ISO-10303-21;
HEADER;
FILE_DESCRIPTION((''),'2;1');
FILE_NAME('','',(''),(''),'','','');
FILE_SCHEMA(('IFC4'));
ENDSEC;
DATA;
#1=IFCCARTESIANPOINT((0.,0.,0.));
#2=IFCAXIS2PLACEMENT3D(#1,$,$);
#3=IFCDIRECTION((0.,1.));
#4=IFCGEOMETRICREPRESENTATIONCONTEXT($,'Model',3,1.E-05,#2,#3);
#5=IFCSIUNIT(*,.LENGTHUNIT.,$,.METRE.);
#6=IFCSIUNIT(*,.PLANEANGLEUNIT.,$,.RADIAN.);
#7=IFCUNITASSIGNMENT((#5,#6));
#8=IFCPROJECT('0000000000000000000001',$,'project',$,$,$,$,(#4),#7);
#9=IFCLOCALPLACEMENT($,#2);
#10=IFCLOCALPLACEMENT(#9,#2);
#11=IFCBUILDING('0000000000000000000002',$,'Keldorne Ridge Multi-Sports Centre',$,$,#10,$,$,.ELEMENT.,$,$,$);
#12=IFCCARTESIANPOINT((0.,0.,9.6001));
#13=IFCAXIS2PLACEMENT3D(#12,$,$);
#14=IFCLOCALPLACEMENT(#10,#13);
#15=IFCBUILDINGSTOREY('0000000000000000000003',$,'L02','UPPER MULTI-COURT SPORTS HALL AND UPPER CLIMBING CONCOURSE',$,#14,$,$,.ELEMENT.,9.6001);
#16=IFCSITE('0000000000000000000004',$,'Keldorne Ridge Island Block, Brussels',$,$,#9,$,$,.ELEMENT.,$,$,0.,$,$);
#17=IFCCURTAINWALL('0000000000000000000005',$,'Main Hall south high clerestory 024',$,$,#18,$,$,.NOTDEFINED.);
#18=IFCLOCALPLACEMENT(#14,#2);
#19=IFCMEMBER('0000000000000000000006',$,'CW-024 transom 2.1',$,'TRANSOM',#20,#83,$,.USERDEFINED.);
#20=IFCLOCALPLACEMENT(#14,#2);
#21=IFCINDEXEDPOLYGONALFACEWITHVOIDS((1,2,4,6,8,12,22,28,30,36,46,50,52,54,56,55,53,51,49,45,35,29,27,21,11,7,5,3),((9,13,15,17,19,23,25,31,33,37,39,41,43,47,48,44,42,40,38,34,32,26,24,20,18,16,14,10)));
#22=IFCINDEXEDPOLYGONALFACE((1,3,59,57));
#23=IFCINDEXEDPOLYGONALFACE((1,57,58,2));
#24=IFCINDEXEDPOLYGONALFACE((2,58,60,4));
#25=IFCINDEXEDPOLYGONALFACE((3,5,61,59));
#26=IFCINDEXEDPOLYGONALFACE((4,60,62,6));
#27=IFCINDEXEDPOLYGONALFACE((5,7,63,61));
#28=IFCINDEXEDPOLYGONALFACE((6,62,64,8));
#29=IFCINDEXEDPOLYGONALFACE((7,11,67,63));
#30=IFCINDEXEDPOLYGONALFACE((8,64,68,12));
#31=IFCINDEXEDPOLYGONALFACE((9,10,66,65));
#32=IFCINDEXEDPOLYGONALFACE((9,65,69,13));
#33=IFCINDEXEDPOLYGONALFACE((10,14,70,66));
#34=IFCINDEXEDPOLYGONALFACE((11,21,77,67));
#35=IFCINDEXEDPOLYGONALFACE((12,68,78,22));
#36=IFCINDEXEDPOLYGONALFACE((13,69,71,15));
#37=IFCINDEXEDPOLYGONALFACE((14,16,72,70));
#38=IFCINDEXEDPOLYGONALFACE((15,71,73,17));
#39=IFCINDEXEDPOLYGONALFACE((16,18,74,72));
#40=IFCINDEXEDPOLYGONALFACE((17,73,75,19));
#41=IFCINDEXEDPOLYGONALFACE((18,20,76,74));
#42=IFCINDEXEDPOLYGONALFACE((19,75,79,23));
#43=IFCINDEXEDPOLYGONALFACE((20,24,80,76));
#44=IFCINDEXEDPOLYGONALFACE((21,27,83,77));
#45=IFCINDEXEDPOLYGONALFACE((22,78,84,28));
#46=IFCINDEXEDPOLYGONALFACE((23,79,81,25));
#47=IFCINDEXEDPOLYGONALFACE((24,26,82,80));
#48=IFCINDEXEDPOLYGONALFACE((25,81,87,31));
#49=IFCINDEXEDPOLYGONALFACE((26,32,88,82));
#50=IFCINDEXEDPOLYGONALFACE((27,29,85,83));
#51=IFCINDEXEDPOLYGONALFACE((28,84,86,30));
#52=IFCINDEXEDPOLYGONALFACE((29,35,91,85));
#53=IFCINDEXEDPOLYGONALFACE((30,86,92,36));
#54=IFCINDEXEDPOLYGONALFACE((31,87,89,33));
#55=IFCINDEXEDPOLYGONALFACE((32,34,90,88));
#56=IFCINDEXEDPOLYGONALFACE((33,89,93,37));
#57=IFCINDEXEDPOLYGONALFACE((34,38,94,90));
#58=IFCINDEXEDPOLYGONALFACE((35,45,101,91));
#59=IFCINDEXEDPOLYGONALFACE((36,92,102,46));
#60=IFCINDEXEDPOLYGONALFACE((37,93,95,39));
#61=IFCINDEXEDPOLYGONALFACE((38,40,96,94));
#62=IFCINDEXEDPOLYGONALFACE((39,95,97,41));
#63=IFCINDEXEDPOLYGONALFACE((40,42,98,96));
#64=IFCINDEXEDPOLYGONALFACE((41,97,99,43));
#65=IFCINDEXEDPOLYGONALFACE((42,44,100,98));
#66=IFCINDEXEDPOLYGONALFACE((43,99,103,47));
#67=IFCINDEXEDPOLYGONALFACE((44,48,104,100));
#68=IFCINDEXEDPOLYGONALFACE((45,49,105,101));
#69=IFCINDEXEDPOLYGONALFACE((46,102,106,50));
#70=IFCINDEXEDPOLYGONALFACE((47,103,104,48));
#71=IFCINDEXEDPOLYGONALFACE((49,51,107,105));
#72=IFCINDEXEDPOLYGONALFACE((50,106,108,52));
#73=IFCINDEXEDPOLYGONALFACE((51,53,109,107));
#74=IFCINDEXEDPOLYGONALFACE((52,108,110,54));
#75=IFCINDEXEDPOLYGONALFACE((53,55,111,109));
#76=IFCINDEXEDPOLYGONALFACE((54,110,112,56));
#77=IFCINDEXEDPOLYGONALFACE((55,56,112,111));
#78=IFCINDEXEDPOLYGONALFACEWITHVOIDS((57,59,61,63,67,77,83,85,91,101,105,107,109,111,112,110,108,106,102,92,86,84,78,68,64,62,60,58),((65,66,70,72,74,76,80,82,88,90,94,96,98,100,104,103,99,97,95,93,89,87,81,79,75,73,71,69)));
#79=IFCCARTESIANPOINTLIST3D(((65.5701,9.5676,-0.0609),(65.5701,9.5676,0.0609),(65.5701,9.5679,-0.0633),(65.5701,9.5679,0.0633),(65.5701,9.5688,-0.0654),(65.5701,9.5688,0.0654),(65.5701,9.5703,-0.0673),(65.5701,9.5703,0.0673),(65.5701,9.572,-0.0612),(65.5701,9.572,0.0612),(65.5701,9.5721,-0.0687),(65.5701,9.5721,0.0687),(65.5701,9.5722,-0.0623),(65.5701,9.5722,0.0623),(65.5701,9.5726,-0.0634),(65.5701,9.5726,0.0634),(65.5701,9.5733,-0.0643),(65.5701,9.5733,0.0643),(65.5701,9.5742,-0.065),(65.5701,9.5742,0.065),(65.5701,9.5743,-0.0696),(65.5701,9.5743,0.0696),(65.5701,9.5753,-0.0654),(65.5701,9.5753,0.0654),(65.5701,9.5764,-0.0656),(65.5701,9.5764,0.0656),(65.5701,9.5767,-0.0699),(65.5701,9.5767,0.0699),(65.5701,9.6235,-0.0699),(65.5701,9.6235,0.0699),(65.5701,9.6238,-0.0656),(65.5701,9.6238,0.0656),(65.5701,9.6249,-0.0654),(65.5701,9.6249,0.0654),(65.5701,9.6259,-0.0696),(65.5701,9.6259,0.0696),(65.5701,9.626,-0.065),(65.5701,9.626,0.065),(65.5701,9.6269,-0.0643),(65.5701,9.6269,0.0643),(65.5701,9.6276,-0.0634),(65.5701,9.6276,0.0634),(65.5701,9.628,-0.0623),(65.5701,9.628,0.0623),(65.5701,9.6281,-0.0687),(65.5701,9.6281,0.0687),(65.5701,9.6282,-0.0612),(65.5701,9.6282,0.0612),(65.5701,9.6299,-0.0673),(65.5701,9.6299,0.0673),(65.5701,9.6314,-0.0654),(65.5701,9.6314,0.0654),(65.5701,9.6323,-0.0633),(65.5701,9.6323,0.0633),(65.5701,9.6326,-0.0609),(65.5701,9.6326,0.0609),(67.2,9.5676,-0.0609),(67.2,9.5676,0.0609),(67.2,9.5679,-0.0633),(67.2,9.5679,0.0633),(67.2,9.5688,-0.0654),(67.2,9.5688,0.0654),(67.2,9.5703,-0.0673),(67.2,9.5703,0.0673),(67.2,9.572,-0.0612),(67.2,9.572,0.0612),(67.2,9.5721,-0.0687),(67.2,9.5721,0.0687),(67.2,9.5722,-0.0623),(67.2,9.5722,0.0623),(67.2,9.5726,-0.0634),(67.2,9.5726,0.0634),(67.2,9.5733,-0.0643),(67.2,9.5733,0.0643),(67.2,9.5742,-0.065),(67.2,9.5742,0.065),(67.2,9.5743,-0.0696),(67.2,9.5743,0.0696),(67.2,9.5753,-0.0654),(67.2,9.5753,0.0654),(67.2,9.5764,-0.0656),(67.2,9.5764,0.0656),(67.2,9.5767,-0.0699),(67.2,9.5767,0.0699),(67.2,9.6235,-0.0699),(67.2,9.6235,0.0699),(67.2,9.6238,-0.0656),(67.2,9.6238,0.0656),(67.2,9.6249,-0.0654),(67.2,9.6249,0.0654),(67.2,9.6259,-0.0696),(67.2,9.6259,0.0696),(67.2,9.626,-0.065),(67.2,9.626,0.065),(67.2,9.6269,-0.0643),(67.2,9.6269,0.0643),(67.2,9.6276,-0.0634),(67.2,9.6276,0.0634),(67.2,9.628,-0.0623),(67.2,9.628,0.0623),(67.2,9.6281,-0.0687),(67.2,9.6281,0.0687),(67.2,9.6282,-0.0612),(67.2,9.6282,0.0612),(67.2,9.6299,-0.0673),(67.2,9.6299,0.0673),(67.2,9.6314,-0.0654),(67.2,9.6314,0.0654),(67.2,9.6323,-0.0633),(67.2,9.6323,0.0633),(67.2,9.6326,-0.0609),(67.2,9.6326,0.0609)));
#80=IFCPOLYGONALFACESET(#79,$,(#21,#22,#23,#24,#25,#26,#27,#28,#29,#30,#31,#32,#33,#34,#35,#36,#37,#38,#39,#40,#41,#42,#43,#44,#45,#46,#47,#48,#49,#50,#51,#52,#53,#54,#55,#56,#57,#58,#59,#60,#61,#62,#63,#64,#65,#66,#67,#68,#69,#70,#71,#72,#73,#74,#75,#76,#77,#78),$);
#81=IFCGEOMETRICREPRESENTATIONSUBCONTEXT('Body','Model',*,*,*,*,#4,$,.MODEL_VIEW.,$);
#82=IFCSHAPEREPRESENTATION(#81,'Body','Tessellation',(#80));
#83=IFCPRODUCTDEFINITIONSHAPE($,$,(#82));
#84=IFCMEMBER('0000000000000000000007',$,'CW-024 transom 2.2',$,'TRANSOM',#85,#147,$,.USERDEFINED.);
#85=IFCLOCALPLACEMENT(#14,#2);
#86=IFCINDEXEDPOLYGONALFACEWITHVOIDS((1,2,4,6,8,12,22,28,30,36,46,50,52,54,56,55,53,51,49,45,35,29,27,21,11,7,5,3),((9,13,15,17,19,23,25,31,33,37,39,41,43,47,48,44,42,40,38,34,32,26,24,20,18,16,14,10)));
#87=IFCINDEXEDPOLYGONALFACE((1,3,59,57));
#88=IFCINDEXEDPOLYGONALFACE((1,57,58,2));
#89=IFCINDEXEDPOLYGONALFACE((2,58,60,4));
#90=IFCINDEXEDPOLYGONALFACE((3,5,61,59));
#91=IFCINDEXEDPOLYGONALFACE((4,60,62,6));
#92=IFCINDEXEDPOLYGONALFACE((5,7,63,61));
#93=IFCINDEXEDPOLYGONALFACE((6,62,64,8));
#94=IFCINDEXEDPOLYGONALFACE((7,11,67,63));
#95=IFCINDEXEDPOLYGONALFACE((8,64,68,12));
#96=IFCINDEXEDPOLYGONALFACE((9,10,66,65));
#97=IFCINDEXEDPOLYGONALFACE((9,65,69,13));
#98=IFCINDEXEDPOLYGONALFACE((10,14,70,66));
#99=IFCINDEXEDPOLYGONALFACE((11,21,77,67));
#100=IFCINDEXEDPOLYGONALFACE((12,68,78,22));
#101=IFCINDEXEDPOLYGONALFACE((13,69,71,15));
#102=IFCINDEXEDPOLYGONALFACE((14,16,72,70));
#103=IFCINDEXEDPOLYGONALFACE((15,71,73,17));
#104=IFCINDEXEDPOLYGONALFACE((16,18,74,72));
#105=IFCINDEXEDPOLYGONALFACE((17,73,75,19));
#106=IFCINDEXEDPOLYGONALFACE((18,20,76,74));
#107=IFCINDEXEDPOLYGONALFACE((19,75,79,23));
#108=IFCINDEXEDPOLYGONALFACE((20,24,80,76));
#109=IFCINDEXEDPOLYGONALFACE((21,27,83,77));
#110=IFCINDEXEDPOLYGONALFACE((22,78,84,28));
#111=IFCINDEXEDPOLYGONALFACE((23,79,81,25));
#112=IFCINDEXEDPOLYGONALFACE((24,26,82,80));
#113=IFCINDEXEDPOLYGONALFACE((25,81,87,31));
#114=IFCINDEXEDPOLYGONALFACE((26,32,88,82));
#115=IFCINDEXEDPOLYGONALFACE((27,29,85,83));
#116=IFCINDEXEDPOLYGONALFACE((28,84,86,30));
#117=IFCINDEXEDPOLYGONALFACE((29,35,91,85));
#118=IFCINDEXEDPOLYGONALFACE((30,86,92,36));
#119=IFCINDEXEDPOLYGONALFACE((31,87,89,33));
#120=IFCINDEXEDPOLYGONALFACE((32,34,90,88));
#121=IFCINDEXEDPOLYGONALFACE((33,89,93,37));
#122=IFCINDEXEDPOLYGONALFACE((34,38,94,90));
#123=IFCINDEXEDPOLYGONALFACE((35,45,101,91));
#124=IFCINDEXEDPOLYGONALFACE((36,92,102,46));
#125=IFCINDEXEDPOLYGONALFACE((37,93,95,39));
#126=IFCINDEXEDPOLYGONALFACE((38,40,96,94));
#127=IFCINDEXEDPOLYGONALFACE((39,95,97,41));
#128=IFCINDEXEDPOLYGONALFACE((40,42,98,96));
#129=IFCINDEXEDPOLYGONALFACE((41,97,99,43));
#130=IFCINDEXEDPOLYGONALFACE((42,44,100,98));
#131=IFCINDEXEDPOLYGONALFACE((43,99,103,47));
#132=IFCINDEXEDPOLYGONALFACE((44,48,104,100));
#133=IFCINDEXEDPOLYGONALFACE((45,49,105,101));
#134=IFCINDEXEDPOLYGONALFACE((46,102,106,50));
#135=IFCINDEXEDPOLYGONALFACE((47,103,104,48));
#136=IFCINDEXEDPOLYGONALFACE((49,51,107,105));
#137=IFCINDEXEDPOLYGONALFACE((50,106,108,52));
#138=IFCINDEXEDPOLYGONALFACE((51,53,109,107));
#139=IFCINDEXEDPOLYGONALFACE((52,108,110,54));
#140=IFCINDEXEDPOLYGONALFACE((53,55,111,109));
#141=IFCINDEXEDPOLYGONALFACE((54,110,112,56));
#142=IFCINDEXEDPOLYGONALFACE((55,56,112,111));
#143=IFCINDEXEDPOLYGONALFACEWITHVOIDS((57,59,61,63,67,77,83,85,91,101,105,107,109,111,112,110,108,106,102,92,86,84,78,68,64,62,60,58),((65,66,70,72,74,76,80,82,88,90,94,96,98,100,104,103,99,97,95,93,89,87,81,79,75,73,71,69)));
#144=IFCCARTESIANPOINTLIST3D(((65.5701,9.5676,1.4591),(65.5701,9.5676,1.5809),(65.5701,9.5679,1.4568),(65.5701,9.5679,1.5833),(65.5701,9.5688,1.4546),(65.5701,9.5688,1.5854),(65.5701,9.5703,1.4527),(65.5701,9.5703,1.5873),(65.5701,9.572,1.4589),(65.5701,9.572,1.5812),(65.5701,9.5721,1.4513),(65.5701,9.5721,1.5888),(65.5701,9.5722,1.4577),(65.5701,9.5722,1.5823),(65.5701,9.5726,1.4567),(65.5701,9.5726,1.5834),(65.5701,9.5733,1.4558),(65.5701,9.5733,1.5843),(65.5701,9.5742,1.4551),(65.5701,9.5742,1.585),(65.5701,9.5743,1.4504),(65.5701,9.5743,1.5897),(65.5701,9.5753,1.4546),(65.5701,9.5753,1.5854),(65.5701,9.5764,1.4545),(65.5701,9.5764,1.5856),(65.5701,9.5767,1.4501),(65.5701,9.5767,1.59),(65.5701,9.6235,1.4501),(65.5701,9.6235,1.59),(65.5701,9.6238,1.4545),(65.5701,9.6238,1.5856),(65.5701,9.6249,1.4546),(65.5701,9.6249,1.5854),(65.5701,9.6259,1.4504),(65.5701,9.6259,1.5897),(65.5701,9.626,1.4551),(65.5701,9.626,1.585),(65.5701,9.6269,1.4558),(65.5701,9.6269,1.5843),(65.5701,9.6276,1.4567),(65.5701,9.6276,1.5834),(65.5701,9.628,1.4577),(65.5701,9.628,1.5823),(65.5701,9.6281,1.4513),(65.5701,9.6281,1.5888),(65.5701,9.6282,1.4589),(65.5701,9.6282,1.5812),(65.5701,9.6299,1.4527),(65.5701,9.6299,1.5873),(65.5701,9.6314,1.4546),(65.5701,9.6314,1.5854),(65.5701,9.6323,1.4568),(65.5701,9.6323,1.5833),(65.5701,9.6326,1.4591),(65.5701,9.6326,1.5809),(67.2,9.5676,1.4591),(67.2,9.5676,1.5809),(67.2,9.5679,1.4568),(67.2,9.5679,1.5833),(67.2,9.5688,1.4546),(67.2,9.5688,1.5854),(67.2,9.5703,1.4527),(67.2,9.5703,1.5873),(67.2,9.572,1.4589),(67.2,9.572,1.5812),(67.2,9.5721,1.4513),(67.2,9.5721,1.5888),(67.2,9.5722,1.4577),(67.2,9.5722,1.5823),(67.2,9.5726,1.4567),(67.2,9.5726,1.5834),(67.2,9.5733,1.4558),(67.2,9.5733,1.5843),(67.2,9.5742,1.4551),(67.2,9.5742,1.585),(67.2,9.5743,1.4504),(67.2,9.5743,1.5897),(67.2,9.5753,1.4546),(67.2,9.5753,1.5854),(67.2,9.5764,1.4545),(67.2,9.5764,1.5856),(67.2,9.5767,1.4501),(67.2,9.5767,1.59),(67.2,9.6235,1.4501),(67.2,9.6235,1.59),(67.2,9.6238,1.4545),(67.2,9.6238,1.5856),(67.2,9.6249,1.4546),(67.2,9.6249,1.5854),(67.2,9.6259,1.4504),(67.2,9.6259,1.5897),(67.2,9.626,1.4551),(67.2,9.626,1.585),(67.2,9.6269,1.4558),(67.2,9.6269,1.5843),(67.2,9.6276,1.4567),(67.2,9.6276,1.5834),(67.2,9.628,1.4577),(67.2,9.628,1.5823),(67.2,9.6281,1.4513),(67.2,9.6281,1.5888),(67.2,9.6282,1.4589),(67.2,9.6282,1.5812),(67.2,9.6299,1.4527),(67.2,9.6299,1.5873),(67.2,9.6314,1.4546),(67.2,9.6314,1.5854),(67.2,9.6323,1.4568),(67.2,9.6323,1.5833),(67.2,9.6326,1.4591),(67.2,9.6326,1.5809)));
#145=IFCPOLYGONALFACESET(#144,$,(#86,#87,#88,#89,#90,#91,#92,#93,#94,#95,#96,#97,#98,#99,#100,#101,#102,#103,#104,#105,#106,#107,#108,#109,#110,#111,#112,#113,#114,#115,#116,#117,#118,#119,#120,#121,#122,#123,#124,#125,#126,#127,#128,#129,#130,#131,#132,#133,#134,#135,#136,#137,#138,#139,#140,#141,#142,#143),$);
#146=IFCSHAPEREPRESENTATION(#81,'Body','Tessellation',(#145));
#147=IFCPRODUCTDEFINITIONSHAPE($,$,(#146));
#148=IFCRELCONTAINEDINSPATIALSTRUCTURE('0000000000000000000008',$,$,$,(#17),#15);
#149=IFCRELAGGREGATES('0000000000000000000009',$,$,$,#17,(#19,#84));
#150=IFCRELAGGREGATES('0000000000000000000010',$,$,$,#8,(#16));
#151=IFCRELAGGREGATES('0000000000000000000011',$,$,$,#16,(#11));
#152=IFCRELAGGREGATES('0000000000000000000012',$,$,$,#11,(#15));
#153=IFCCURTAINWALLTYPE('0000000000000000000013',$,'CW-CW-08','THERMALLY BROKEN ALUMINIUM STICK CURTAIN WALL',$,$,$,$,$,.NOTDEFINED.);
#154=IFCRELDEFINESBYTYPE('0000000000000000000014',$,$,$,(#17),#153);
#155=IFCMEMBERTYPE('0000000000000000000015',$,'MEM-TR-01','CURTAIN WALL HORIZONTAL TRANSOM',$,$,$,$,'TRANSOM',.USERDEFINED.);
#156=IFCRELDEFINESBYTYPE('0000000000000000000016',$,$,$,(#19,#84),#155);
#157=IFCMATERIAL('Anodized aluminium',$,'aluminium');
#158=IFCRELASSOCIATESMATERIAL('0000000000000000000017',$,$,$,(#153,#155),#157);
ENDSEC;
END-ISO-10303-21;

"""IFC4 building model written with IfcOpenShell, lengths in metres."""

from ifc_helpers import new_model, si_unit, direction, frame, origin, origin_2d, place, context, subcontext, project, spatial, hollow_rectangle, extrude, material, material_profile, profile_set, type_object, element, aggregate, save


model = new_model("IFC4")

# Units and contexts
model_context = context("Model", 3, precision=1e-05, world=origin(), true_north=direction((0.0, 1.0)))
body_context = subcontext(model_context, "Body", "Model", "MODEL_VIEW")
ifc_project = project(units=[si_unit("LENGTHUNIT", "METRE"), si_unit("PLANEANGLEUNIT", "RADIAN")], contexts=[model_context])

# Site, building, storey
site_placement = place(None, origin())
site = spatial("IfcSite", under=ifc_project, at=site_placement, Name="Keldorne Ridge Island Block, Brussels", CompositionType="ELEMENT", RefElevation=0.0)
building_placement = place(site_placement, origin())
building = spatial("IfcBuilding", under=site, at=building_placement, Name="Keldorne Ridge Multi-Sports Centre", CompositionType="ELEMENT")
storey_placement = place(building_placement, frame((0.0, 0.0, 9.6001)))
storey = spatial("IfcBuildingStorey", under=building, at=storey_placement, Name="L02", Description="UPPER MULTI-COURT SPORTS HALL AND UPPER CLIMBING CONCOURSE", CompositionType="ELEMENT", Elevation=9.6001)

# Shared definitions
ifc_material_1 = material(Name="Anodized aluminium", Category="aluminium")

# Curtain wall
curtain_wall_type_1 = type_object("IfcCurtainWallType", Name="CW-CW-08", Description="THERMALLY BROKEN ALUMINIUM STICK CURTAIN WALL", PredefinedType="NOTDEFINED", material=ifc_material_1)
curtain_wall_1_placement = place(storey_placement, origin())
curtain_wall_1 = element("IfcCurtainWall", 1, at=curtain_wall_1_placement, inside=storey, type_object=curtain_wall_type_1, Name="Main Hall south high clerestory 024", PredefinedType="NOTDEFINED")

# Members
ifc_material_profile_1 = material_profile(ifc_material_1, hollow_rectangle(XDim=0.0649, YDim=0.1399, WallThickness=0.0044, InnerFilletRadius=0.0044, OuterFilletRadius=0.009, at=origin_2d()), Name="ALU TRANSOM 140x65x4.5")
ifc_profile_set_1 = profile_set([ifc_material_profile_1], Name="Anodized aluminium")
member_type_1 = type_object("IfcMemberType", Name="MEM-TR-01", Description="CURTAIN WALL HORIZONTAL TRANSOM", ElementType="TRANSOM", PredefinedType="USERDEFINED", material=ifc_profile_set_1)
member_1_placement = place(storey_placement, frame((65.5701, 9.6001, 0.0), z_axis=(1.0, 0.0, 0.0), x_axis=(0.0, 1.0, 0.0)))
member_1 = element("IfcMember", 2, at=member_1_placement, type_object=member_type_1, Name="CW-024 transom 2.1", ObjectType="TRANSOM", PredefinedType="USERDEFINED", context=body_context, shape_type="SweptSolid", body=[
    extrude(hollow_rectangle(XDim=0.0649, YDim=0.1399, WallThickness=0.0044, InnerFilletRadius=0.0044, OuterFilletRadius=0.009, at=origin_2d()), origin(), (0.0, 0.0, 1.0), 1.6299),
])
member_2_placement = place(storey_placement, frame((65.5701, 9.6001, 1.52), z_axis=(1.0, 0.0, 0.0), x_axis=(0.0, 1.0, 0.0)))
member_2 = element("IfcMember", 3, at=member_2_placement, type_object=member_type_1, Name="CW-024 transom 2.2", ObjectType="TRANSOM", PredefinedType="USERDEFINED", context=body_context, shape_type="SweptSolid", body=[
    extrude(hollow_rectangle(XDim=0.0649, YDim=0.1399, WallThickness=0.0044, InnerFilletRadius=0.0044, OuterFilletRadius=0.009, at=origin_2d()), origin(), (0.0, 0.0, 1.0), 1.6299),
])

aggregate(curtain_wall_1, [member_1, member_2])

save(model, "model.ifc")
